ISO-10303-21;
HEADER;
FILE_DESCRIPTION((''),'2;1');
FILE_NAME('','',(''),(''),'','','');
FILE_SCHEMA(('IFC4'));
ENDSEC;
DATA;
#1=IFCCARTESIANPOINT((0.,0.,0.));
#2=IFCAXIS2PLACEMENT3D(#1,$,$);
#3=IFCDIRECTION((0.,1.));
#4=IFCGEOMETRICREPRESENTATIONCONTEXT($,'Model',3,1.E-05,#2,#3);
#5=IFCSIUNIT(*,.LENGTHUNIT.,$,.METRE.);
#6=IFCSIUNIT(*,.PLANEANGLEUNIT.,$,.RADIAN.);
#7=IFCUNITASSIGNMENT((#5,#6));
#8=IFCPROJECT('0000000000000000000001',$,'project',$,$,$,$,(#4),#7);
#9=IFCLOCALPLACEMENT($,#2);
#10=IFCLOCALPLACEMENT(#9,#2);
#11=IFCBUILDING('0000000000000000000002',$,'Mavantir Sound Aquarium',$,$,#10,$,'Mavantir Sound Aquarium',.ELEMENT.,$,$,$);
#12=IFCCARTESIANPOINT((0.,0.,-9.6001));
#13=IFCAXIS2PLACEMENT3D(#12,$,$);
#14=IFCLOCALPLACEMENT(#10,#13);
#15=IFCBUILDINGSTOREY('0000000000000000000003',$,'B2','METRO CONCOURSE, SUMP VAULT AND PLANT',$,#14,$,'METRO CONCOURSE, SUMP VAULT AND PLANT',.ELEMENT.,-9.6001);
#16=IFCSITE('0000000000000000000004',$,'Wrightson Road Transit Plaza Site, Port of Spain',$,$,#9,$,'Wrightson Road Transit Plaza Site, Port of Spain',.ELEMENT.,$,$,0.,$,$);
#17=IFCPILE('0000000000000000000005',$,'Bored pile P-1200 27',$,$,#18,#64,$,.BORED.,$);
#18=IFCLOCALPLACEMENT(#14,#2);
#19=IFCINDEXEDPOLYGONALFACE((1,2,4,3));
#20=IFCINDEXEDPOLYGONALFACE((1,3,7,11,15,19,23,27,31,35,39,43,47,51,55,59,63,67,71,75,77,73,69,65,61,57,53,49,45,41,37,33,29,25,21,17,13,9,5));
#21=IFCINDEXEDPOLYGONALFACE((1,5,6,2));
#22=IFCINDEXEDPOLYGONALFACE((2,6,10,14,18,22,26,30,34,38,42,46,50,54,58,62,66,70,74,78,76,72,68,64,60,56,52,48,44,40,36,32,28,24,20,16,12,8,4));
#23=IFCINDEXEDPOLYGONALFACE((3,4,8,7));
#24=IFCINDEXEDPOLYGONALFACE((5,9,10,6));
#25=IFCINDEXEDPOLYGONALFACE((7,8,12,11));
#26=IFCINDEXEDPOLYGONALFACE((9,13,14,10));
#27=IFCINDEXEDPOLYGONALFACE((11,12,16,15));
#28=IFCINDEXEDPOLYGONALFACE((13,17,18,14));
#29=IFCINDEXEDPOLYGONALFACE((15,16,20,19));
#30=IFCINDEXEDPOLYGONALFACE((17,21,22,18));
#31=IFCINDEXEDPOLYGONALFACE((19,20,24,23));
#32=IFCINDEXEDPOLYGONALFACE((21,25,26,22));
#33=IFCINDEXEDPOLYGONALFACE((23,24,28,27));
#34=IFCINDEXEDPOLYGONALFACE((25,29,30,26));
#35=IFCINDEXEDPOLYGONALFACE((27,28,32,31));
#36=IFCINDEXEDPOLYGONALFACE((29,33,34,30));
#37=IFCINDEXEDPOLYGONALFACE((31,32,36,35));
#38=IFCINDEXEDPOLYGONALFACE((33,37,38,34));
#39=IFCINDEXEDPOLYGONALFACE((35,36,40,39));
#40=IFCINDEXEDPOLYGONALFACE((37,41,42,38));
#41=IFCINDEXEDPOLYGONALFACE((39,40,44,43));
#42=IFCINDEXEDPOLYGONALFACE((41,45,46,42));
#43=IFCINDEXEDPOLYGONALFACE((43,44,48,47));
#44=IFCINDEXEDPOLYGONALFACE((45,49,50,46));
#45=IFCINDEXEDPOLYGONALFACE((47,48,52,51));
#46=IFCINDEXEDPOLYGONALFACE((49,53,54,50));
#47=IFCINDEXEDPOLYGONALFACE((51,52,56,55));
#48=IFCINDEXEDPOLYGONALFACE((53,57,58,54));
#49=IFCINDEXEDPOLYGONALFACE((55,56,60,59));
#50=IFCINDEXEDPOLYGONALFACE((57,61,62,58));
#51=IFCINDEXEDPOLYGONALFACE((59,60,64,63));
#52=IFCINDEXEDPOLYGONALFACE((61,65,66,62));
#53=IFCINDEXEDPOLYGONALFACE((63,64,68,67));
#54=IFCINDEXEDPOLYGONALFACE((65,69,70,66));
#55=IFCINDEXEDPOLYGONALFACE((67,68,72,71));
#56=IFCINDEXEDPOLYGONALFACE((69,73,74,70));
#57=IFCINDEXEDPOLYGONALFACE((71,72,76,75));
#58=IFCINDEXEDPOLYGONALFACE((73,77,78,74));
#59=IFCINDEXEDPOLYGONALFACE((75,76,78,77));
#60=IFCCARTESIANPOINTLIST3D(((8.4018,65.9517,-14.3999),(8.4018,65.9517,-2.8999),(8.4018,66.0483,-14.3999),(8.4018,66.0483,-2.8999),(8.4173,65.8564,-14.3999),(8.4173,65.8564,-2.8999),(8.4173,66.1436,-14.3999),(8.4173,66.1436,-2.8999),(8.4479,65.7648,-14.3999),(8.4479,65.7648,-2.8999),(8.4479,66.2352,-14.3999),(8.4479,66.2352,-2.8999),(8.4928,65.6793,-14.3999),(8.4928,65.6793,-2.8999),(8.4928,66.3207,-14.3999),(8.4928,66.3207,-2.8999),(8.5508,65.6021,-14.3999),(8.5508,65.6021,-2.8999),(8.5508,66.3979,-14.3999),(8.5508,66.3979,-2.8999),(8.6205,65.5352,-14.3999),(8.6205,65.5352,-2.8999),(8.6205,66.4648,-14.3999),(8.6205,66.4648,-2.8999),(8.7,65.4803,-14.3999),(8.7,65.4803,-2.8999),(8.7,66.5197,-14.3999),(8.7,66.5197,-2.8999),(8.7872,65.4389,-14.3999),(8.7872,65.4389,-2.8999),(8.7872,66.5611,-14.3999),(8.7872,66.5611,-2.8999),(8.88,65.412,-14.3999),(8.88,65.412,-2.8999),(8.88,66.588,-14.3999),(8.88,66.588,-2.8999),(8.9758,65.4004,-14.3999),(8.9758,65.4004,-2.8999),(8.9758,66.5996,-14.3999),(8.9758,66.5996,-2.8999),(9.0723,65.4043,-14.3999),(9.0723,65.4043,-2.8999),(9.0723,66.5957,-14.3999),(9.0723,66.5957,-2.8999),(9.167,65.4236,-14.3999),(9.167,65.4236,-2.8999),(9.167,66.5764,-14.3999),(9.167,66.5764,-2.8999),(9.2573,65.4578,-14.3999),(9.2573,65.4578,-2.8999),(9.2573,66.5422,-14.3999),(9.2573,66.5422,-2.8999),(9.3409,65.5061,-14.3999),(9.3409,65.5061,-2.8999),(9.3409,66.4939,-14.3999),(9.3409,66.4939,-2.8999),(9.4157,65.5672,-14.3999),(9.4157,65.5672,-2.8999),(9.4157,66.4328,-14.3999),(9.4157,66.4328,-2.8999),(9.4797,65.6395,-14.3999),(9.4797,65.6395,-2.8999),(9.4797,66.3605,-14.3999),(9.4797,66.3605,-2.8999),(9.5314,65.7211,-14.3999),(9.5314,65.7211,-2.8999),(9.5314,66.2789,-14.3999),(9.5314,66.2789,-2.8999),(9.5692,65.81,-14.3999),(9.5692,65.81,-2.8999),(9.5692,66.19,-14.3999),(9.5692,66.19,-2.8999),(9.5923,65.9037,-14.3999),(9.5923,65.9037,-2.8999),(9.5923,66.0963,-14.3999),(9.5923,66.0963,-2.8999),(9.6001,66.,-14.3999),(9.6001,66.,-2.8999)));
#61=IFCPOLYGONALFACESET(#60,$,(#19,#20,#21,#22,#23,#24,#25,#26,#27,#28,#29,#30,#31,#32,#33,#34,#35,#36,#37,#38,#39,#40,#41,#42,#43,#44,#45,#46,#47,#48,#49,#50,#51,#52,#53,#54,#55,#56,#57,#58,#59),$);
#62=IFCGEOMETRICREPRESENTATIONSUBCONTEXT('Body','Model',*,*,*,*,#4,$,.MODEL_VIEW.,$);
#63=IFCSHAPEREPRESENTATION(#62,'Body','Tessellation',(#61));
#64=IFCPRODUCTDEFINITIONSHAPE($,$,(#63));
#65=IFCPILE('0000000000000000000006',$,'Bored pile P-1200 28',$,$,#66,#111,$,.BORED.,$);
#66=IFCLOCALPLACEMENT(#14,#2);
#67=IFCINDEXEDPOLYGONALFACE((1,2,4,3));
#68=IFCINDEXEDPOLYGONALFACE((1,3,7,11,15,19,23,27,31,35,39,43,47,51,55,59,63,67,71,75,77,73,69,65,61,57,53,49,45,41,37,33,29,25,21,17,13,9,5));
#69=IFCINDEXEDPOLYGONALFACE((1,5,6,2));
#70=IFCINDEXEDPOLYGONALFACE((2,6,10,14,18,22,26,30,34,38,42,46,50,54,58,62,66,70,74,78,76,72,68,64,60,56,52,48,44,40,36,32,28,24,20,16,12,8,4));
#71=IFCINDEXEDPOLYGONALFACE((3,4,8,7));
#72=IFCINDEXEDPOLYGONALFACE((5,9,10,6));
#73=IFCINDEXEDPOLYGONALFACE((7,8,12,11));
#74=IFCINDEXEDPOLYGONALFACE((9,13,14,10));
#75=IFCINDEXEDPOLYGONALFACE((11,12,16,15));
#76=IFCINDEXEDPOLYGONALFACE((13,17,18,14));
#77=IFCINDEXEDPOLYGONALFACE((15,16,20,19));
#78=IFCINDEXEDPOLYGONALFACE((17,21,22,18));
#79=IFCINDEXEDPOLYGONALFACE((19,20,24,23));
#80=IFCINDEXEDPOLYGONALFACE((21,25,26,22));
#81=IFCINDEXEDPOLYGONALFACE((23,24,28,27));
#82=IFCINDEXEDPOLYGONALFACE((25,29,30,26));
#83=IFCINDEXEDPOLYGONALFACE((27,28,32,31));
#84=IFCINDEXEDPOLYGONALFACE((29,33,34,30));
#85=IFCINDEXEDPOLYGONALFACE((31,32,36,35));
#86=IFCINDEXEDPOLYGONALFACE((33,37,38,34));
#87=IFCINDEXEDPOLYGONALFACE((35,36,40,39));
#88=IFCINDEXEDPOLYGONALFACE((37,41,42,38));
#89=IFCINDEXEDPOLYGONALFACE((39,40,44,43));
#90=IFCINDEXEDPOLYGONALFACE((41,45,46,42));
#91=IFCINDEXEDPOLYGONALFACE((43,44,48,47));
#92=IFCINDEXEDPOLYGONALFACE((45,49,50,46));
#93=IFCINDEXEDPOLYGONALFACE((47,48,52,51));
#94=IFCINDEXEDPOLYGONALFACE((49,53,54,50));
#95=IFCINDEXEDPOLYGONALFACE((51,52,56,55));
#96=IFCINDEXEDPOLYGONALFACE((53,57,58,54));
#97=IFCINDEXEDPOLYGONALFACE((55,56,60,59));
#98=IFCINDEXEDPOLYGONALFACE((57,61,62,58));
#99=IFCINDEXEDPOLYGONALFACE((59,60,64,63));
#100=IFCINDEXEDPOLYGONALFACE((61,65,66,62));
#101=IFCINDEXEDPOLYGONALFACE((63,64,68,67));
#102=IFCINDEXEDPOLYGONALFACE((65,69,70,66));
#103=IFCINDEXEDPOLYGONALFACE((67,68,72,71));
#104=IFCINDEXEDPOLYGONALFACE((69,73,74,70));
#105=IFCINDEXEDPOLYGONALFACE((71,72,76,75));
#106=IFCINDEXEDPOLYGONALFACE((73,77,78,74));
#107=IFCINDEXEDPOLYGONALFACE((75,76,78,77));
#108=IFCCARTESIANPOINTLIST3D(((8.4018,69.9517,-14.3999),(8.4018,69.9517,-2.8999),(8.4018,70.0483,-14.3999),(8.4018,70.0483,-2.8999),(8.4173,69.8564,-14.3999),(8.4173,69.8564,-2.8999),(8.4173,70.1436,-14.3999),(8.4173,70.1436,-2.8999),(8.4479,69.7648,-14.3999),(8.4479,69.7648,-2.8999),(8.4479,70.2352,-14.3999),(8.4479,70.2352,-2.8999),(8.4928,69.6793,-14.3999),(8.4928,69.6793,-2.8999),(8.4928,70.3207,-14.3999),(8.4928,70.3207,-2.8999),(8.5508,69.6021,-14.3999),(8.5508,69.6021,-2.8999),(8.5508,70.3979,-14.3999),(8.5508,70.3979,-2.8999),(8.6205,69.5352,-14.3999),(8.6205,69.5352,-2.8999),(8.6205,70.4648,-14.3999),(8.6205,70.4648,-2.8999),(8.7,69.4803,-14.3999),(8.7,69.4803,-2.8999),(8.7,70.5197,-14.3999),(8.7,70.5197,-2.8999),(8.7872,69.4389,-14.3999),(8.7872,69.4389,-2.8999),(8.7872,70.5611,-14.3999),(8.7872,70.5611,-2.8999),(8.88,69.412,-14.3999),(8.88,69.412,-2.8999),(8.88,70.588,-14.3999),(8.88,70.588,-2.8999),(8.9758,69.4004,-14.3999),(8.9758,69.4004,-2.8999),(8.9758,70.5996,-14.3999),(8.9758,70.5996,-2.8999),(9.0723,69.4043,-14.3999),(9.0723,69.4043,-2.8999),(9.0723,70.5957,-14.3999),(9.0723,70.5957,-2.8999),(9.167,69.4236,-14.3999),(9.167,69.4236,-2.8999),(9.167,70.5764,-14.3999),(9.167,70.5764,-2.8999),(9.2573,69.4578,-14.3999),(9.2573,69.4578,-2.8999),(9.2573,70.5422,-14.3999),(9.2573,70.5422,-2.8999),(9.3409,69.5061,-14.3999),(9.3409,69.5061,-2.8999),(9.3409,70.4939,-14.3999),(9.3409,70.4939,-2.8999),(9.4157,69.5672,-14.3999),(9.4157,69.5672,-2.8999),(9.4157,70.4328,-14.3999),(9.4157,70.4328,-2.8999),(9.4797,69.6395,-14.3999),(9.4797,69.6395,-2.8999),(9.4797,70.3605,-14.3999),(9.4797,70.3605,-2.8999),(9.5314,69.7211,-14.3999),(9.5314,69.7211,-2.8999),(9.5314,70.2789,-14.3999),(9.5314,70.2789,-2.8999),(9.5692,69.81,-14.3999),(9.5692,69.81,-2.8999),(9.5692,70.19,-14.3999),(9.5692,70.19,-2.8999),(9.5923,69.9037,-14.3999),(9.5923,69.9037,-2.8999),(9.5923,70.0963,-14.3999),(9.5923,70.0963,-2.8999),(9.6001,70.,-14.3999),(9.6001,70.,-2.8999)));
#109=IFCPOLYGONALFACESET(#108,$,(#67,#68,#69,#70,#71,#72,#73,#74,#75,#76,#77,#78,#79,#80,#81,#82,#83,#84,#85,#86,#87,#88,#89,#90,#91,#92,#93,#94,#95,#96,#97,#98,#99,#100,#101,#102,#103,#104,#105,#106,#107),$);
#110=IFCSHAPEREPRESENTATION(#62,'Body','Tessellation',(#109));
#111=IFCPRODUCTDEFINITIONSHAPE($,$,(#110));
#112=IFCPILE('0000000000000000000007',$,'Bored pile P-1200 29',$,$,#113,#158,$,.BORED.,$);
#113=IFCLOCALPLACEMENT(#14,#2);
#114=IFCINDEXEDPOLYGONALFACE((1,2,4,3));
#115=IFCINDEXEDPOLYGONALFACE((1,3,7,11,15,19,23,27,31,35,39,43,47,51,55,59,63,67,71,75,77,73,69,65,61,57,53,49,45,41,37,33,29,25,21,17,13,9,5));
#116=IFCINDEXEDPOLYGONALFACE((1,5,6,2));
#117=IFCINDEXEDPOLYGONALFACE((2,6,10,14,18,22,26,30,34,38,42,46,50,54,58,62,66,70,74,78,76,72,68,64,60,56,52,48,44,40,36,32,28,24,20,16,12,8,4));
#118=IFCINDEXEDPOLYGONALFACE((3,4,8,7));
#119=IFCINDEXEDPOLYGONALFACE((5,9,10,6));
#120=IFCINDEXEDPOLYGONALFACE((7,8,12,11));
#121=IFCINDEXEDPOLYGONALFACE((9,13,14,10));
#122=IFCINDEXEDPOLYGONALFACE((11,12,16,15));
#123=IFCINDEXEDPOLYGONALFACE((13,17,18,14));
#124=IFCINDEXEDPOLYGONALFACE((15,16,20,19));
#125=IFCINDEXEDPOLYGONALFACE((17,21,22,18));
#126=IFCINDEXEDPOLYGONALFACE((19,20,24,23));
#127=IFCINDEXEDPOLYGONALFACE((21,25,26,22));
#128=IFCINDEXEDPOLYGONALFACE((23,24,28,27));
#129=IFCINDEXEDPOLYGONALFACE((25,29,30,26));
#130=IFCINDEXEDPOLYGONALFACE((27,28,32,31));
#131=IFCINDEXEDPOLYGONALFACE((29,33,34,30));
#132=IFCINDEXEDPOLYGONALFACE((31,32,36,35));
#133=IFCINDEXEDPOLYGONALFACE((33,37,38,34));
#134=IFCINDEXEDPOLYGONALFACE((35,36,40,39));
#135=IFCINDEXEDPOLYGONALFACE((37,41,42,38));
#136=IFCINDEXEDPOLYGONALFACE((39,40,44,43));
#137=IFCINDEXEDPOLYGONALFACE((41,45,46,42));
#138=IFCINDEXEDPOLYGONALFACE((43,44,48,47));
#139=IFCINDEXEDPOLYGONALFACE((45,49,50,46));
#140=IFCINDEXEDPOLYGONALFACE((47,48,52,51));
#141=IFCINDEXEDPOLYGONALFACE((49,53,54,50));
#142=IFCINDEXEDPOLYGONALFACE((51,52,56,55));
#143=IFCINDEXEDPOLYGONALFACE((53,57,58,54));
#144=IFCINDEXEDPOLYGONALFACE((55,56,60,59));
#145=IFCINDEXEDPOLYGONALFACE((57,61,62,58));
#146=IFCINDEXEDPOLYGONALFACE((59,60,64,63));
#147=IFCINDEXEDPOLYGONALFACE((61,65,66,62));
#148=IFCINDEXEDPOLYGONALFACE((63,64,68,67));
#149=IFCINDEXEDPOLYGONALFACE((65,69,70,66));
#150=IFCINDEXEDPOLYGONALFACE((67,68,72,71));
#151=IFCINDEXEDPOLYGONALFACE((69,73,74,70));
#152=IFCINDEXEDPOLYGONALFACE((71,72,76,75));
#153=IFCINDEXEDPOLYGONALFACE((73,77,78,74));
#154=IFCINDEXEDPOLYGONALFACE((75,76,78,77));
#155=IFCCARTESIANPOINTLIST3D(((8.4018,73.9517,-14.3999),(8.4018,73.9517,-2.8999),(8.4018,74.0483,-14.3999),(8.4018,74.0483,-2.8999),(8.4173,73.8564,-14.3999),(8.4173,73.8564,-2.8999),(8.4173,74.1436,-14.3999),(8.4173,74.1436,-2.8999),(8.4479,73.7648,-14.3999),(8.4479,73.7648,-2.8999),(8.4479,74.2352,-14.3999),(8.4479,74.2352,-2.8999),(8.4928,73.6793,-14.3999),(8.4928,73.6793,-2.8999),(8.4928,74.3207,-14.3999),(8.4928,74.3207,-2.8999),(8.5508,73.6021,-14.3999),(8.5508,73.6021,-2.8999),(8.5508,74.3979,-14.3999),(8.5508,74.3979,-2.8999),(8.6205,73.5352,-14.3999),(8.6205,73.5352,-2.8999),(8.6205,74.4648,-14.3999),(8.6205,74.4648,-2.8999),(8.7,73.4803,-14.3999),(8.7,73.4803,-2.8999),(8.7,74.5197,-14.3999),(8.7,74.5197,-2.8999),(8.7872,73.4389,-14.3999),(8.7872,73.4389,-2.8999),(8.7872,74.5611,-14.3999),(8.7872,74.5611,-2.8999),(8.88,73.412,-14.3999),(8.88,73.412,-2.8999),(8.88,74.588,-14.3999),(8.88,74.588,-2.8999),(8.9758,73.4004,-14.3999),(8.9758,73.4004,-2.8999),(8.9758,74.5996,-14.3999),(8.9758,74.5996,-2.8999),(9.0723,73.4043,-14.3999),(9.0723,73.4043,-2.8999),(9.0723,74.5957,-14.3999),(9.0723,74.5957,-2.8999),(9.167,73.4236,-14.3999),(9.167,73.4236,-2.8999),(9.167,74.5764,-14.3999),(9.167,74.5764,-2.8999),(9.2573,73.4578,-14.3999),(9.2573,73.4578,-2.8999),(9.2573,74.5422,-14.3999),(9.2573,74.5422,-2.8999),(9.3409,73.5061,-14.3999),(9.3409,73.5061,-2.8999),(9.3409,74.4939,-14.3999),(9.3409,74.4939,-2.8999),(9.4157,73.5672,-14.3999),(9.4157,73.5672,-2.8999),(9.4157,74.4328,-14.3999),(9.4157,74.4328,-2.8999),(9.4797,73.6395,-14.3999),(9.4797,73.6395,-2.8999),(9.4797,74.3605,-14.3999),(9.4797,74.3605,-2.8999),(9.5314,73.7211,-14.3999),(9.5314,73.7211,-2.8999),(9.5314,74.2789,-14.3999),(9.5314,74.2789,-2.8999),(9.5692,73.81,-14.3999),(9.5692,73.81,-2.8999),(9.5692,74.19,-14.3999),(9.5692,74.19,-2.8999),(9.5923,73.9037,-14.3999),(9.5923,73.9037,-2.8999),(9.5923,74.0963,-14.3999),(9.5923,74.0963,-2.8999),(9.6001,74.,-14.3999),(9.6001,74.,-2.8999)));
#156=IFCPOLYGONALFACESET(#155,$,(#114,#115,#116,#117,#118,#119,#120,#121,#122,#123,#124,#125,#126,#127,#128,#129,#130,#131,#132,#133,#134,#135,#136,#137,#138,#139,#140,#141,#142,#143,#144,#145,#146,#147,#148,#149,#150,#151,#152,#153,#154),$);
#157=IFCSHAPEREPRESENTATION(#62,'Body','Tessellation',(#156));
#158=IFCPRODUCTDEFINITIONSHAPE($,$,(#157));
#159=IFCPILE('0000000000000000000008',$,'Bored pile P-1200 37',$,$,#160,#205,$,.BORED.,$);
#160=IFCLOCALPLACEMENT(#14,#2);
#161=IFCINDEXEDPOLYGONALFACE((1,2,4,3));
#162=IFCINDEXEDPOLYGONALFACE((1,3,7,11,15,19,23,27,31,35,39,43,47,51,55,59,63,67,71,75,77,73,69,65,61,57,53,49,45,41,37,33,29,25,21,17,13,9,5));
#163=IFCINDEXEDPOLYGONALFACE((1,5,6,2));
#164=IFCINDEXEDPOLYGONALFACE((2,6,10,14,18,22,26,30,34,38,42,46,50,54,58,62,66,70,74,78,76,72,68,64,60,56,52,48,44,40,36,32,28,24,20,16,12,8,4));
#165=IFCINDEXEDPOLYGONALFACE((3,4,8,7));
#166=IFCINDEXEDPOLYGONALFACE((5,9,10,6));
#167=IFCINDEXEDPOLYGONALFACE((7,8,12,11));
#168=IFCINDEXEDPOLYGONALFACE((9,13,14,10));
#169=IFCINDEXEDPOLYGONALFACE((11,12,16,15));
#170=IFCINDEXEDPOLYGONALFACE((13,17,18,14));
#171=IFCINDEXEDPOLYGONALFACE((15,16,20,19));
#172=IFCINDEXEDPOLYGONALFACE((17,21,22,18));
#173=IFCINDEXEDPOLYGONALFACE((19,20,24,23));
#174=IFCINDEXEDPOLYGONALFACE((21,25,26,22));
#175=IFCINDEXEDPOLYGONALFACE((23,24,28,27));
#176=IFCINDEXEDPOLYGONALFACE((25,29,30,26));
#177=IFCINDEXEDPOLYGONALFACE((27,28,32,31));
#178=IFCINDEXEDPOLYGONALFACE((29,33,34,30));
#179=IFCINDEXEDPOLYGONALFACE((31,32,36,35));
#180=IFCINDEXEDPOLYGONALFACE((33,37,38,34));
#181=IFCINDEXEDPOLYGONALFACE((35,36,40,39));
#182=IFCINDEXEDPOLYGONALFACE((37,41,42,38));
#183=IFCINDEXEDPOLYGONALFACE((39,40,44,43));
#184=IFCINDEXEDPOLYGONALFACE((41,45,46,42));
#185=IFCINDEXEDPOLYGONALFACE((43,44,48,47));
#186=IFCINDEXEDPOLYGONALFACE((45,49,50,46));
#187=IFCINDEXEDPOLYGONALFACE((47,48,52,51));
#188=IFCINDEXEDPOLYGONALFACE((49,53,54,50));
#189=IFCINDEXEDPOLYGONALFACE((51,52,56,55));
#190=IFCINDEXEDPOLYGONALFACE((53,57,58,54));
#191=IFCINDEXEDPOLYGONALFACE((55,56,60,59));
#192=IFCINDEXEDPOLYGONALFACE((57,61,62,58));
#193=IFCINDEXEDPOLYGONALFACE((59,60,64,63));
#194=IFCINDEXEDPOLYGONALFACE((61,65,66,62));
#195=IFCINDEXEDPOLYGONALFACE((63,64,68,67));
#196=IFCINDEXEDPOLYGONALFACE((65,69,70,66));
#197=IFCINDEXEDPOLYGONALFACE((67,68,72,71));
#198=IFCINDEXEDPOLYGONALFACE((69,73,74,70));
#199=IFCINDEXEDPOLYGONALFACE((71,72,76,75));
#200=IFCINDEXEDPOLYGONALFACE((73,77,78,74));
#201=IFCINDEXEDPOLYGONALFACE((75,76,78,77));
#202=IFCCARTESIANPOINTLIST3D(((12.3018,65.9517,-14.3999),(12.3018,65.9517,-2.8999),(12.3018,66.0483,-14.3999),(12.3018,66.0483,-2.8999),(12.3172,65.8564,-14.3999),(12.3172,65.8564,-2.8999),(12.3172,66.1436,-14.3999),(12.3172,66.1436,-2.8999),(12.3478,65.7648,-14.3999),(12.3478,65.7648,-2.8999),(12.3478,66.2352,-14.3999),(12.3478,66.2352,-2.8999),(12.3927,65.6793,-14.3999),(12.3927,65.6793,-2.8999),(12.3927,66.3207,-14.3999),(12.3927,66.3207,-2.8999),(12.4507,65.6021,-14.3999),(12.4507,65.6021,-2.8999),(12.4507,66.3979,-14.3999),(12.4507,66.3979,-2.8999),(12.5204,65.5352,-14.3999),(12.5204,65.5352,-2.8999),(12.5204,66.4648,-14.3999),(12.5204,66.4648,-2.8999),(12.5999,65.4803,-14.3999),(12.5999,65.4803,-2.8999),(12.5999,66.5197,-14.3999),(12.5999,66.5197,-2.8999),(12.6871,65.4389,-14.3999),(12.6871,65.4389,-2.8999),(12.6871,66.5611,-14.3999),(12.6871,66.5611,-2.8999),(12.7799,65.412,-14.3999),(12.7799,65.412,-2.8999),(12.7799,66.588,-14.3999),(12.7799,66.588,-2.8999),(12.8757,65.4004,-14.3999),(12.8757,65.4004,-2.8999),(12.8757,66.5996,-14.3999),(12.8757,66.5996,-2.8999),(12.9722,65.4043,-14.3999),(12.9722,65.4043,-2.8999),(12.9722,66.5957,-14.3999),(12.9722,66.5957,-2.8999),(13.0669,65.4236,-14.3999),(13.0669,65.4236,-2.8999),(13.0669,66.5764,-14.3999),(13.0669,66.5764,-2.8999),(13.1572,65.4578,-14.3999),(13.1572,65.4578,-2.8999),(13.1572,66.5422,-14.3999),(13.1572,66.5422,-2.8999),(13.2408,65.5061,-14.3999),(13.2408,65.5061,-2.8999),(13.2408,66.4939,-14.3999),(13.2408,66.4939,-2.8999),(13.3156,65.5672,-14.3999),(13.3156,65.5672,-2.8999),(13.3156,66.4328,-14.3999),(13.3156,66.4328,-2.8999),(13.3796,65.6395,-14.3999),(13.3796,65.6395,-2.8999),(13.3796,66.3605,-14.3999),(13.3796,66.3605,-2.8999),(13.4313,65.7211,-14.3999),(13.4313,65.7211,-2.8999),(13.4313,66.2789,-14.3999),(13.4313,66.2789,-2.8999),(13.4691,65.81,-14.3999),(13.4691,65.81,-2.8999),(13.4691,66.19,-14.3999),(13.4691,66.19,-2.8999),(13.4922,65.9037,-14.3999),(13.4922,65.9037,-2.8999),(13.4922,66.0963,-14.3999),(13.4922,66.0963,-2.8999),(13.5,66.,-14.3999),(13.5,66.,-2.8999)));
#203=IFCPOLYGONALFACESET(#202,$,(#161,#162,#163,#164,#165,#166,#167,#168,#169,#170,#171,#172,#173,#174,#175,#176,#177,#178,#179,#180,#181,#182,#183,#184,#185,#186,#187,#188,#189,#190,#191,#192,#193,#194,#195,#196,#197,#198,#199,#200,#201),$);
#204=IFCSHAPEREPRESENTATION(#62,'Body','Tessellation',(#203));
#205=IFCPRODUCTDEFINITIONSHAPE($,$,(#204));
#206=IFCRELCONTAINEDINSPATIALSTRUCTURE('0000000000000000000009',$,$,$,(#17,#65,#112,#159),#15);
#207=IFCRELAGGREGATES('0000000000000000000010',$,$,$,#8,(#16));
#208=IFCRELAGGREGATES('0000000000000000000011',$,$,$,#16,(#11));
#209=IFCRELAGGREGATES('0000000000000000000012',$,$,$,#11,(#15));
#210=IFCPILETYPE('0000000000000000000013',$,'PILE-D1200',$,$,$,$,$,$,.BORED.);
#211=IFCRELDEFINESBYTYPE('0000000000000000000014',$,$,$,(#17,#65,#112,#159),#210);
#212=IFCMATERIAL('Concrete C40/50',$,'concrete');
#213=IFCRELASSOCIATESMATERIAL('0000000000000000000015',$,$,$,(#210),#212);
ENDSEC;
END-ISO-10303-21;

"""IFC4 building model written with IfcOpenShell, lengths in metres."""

from ifc_helpers import new_model, si_unit, direction, frame, origin, origin_2d, place, context, subcontext, project, spatial, circle, extrude, material, material_profile, profile_set, type_object, element, save


model = new_model("IFC4")

# Units and contexts
model_context = context("Model", 3, precision=1e-05, world=origin(), true_north=direction((0.0, 1.0)))
body_context = subcontext(model_context, "Body", "Model", "MODEL_VIEW")
ifc_project = project(units=[si_unit("LENGTHUNIT", "METRE"), si_unit("PLANEANGLEUNIT", "RADIAN")], contexts=[model_context])

# Site, building, storey
site_placement = place(None, origin())
site = spatial("IfcSite", under=ifc_project, at=site_placement, Name="Wrightson Road Transit Plaza Site, Port of Spain", LongName="Wrightson Road Transit Plaza Site, Port of Spain", CompositionType="ELEMENT", RefElevation=0.0)
building_placement = place(site_placement, origin())
building = spatial("IfcBuilding", under=site, at=building_placement, Name="Mavantir Sound Aquarium", LongName="Mavantir Sound Aquarium", CompositionType="ELEMENT")
storey_placement = place(building_placement, frame((0.0, 0.0, -9.6001)))
storey = spatial("IfcBuildingStorey", under=building, at=storey_placement, Name="B2", Description="METRO CONCOURSE, SUMP VAULT AND PLANT", LongName="METRO CONCOURSE, SUMP VAULT AND PLANT", CompositionType="ELEMENT", Elevation=-9.6001)

# Piles
ifc_material_1 = material(Name="Concrete C40/50", Category="concrete")
ifc_material_profile_1 = material_profile(ifc_material_1, circle(Radius=0.6001, at=origin_2d()), Name="PILE D1200")
ifc_profile_set_1 = profile_set([ifc_material_profile_1], Name="Concrete C40/50")
pile_type = type_object("IfcPileType", Name="PILE-D1200", PredefinedType="BORED", material=ifc_profile_set_1)
for number, where, z_axis, x_axis, name in (
    (1, (9.0, 66.0, -2.8999), (0.0, 0.0, -1.0), (1.0, 0.0, 0.0), "Bored pile P-1200 27"),
    (2, (9.0, 70.0, -2.8999), (0.0, 0.0, -1.0), (1.0, 0.0, 0.0), "Bored pile P-1200 28"),
    (3, (9.0, 74.0, -2.8999), (0.0, 0.0, -1.0), (1.0, 0.0, 0.0), "Bored pile P-1200 29"),
    (4, (12.8999, 66.0, -2.8999), (0.0, 0.0, -1.0), (1.0, 0.0, 0.0), "Bored pile P-1200 37"),
):
    element("IfcPile", number, at=place(storey_placement, frame(where, z_axis=z_axis, x_axis=x_axis)), inside=storey, type_object=pile_type, Name=name, PredefinedType="BORED", context=body_context, shape_type="SweptSolid", body=[
        extrude(circle(Radius=0.6001, at=origin_2d()), origin(), (0.0, 0.0, 1.0), 11.5),
    ])

save(model, "model.ifc")
